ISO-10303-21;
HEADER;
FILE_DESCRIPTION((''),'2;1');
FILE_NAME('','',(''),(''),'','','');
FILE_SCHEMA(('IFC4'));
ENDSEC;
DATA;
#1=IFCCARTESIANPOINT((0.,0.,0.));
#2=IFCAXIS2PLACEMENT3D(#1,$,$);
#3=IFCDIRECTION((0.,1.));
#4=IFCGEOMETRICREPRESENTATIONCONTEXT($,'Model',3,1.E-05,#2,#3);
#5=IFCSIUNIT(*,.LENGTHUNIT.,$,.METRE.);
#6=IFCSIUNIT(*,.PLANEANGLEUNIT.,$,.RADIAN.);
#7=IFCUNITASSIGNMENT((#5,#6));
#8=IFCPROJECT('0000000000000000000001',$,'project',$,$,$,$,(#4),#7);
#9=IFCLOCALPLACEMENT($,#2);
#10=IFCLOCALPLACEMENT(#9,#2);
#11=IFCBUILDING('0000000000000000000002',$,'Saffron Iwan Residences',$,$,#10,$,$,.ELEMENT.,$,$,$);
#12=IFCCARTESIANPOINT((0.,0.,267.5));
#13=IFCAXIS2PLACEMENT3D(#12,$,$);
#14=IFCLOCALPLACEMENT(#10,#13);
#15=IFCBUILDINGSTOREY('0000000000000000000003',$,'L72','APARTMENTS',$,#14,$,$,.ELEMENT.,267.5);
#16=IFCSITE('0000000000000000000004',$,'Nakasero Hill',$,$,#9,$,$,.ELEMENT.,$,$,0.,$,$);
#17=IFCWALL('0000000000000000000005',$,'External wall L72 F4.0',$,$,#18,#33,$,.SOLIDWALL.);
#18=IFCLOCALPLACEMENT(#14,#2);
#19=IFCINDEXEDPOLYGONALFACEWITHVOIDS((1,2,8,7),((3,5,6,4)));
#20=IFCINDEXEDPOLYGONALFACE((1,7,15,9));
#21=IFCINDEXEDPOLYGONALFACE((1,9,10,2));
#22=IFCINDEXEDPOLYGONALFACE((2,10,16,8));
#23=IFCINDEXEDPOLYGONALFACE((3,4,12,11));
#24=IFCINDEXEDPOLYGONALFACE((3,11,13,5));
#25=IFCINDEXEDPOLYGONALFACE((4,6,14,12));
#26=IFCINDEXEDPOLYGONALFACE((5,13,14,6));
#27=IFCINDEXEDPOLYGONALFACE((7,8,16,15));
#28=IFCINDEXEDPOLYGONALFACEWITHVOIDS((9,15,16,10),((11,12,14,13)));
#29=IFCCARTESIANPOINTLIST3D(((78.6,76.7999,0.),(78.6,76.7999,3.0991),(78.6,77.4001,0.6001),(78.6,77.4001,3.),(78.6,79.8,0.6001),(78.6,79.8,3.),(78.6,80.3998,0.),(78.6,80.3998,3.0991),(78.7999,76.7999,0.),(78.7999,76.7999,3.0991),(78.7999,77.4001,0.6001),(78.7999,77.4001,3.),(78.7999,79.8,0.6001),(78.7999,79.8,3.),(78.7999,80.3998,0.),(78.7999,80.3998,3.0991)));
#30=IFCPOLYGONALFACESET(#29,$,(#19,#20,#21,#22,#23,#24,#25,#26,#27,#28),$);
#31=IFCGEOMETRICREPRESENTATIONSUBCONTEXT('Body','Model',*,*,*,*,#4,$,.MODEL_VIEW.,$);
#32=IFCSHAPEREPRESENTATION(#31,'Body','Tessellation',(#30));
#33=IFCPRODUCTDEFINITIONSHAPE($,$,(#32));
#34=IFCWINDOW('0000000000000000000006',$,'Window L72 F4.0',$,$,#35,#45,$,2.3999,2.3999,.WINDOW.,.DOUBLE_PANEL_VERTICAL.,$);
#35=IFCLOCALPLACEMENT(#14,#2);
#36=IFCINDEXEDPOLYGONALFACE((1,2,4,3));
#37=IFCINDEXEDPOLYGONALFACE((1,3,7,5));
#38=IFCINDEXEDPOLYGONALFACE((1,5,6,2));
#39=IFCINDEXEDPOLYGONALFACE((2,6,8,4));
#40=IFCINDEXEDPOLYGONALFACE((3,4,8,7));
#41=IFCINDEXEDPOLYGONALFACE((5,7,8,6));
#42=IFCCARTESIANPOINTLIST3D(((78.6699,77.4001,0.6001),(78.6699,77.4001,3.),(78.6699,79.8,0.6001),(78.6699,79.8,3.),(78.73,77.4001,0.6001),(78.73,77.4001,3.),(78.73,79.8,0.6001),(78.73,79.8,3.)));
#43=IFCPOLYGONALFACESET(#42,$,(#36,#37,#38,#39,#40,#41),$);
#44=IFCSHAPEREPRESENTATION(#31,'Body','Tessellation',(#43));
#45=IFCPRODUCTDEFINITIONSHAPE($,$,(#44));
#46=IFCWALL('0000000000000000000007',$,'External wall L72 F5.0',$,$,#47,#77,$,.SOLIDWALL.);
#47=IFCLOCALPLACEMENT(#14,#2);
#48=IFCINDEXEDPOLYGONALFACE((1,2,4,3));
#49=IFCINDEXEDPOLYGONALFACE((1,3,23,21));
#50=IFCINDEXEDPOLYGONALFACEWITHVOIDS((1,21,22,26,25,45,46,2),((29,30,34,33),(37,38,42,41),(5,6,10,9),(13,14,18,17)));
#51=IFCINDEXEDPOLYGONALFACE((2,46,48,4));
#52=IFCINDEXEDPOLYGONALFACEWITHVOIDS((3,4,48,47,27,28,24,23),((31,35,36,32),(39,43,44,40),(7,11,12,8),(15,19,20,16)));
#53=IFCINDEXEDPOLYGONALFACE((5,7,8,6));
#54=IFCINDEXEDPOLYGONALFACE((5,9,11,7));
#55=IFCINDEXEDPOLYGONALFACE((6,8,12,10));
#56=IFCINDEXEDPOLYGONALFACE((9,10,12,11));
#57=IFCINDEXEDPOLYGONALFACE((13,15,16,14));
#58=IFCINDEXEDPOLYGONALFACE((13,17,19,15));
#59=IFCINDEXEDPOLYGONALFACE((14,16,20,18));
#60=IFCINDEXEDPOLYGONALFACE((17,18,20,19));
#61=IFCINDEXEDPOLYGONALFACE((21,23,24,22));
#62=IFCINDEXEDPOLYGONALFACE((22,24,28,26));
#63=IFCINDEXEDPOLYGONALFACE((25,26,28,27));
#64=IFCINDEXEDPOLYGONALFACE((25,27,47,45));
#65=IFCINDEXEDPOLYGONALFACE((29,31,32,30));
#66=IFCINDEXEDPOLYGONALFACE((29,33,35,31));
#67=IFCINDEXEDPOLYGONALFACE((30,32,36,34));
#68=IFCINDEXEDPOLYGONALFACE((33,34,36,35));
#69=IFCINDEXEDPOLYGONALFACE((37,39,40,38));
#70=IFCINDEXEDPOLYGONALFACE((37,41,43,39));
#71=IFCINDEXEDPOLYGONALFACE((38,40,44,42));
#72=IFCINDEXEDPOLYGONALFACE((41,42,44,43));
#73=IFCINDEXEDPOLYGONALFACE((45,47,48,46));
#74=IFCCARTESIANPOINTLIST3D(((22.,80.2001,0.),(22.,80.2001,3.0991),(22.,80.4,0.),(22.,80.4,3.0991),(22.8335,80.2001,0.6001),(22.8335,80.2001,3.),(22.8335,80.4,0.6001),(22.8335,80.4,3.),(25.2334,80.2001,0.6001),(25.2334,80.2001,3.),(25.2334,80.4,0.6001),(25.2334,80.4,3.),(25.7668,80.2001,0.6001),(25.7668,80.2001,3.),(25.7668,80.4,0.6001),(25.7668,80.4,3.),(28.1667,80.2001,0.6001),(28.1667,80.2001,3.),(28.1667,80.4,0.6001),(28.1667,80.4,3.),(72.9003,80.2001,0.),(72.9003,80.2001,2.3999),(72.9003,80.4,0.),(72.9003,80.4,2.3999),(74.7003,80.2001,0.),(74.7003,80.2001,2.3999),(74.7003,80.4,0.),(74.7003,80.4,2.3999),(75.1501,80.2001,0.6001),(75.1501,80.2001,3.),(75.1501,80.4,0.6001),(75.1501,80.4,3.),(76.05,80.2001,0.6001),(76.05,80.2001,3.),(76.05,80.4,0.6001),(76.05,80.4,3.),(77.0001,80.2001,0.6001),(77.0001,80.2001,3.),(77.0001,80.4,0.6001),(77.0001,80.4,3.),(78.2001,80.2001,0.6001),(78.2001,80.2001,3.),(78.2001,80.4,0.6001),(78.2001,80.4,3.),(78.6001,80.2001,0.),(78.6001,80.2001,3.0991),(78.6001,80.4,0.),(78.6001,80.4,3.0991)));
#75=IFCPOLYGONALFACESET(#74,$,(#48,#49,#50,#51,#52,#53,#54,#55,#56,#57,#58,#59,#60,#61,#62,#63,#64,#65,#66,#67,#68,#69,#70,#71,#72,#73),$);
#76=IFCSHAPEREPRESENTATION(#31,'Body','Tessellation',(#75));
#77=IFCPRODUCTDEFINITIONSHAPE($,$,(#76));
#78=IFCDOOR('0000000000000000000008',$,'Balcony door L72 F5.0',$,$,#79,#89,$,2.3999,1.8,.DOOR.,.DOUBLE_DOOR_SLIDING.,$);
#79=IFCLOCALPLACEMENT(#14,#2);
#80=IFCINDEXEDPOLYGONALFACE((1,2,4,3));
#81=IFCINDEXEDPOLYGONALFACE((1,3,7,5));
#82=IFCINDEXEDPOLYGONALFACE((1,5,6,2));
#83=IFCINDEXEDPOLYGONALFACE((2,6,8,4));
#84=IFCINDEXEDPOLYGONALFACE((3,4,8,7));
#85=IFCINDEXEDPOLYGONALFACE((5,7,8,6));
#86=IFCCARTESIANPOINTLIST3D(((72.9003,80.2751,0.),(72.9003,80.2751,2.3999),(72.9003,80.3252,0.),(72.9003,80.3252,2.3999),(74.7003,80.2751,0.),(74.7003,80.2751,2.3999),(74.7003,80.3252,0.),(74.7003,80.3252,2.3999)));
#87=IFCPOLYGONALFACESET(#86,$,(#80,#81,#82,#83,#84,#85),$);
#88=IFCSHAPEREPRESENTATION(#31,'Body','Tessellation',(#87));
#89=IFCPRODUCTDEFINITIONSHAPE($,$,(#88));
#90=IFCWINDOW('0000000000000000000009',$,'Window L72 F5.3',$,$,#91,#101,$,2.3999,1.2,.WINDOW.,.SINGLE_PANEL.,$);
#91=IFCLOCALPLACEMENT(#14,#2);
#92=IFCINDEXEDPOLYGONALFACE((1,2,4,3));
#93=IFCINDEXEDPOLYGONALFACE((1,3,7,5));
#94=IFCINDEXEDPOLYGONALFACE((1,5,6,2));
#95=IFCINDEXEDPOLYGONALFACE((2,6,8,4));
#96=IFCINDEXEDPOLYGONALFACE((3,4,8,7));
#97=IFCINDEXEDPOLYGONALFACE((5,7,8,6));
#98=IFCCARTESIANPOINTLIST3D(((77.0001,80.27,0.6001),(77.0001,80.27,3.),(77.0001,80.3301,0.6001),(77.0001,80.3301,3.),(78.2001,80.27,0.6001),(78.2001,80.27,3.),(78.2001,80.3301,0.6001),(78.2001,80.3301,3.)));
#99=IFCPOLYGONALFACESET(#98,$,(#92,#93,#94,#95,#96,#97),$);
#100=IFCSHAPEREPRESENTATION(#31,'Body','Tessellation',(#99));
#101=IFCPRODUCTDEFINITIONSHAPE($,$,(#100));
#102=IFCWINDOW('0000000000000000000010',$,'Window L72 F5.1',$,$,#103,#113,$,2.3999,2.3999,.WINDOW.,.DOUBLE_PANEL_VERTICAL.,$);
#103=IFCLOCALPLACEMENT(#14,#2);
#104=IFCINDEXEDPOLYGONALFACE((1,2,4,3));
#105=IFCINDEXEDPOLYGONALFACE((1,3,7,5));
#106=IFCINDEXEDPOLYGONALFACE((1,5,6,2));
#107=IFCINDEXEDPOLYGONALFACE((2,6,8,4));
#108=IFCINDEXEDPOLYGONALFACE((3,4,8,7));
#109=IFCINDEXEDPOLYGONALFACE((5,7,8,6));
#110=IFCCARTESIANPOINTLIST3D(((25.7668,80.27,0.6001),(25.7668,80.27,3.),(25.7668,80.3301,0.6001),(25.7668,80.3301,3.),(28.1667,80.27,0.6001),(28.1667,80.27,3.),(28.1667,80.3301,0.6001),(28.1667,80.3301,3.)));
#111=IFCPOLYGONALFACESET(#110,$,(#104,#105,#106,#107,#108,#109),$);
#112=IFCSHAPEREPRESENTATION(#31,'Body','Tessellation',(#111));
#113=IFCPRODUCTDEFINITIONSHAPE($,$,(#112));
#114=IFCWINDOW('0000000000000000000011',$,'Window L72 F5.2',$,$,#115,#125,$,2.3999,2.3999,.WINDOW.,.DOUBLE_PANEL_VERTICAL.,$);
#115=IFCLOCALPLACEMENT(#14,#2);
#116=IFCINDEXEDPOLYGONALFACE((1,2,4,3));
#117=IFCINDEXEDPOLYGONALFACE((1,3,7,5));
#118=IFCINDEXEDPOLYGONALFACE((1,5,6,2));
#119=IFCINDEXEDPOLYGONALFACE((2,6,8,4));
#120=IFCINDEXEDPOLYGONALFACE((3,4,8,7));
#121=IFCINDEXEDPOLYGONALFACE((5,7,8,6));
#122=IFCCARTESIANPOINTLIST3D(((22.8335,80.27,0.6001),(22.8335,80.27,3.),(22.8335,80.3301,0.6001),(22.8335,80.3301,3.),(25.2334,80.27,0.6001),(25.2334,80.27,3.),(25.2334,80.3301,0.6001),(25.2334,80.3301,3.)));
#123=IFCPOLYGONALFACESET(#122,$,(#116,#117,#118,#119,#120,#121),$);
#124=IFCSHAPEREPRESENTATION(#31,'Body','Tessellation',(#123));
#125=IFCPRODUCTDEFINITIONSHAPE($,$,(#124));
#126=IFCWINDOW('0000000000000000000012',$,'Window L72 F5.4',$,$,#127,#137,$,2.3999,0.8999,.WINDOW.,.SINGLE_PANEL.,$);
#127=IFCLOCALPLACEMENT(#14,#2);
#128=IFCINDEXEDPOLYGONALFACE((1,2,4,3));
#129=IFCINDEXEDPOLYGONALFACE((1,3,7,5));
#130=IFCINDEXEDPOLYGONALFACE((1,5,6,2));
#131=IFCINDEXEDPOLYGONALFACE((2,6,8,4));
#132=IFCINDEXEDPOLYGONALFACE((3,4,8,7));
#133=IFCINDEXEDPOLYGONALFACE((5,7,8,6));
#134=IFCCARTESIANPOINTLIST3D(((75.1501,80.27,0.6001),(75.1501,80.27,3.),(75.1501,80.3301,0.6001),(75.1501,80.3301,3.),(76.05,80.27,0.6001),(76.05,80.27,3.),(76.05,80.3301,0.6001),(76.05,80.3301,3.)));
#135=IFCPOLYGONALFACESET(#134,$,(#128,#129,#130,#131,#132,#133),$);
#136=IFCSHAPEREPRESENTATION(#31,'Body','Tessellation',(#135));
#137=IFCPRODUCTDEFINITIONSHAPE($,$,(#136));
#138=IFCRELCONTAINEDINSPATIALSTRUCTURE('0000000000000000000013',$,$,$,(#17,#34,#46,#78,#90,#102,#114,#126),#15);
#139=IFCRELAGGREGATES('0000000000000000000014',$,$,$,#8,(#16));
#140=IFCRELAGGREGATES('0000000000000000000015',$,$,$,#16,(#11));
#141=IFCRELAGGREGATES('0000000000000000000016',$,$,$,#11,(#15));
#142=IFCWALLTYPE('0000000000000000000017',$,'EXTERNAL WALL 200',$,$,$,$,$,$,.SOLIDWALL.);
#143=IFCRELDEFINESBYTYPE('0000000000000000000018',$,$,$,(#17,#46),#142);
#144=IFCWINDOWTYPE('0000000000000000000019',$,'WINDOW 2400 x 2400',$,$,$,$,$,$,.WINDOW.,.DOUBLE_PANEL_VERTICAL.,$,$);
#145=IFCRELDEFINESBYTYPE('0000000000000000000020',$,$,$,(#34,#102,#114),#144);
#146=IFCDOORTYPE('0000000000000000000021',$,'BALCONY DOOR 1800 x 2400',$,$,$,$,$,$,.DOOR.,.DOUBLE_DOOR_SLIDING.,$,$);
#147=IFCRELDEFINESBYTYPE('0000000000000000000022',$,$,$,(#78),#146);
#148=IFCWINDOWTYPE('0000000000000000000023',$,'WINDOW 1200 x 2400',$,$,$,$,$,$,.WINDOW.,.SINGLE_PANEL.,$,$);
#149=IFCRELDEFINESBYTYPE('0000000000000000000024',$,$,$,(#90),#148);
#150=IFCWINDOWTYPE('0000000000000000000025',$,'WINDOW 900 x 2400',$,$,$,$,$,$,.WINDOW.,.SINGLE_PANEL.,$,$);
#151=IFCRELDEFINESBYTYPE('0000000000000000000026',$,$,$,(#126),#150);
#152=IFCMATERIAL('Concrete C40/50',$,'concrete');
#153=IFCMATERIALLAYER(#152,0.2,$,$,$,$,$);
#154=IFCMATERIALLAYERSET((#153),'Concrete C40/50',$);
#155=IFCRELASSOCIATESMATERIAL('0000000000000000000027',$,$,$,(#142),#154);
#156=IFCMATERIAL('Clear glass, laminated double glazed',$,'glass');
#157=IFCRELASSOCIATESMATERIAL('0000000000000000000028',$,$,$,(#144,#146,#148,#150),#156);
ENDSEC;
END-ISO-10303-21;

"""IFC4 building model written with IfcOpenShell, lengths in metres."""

from ifc_helpers import new_model, si_unit, direction, frame, frame_2d, origin, place, context, subcontext, project, spatial, rectangle, extrude, material, layer, layer_set, type_object, element, fill, save


model = new_model("IFC4")

# Units and contexts
model_context = context("Model", 3, precision=1e-05, world=origin(), true_north=direction((0.0, 1.0)))
body_context = subcontext(model_context, "Body", "Model", "MODEL_VIEW")
ifc_project = project(units=[si_unit("LENGTHUNIT", "METRE"), si_unit("PLANEANGLEUNIT", "RADIAN")], contexts=[model_context])

# Site, building, storey
site_placement = place(None, origin())
site = spatial("IfcSite", under=ifc_project, at=site_placement, Name="Nakasero Hill", CompositionType="ELEMENT", RefElevation=0.0)
building_placement = place(site_placement, origin())
building = spatial("IfcBuilding", under=site, at=building_placement, Name="Saffron Iwan Residences", CompositionType="ELEMENT")
storey_placement = place(building_placement, frame((0.0, 0.0, 267.5)))
storey = spatial("IfcBuildingStorey", under=building, at=storey_placement, Name="L72", Description="APARTMENTS", CompositionType="ELEMENT", Elevation=267.5)

# Shared definitions
ifc_material_1 = material(Name="Concrete C40/50", Category="concrete")

# Wall, opening, window
ifc_layer_1 = layer(ifc_material_1, 0.2)
ifc_layer_set_1 = layer_set([ifc_layer_1], Name="Concrete C40/50")
wall_type_1 = type_object("IfcWallType", Name="EXTERNAL WALL 200", PredefinedType="SOLIDWALL", material=ifc_layer_set_1)
ifc_material_2 = material(Name="Clear glass, laminated double glazed", Category="glass")
wall_1_placement = place(storey_placement, frame((78.7, 76.8, 0.0), z_axis=(0.0, 0.0, 1.0), x_axis=(0.0, 1.0, 0.0)))
wall_1 = element("IfcWall", 1, at=wall_1_placement, inside=storey, type_object=wall_type_1, Name="External wall L72 F4.0", PredefinedType="SOLIDWALL", context=body_context, shape_type="SweptSolid", body=[
    extrude(rectangle(XDim=3.5999, YDim=0.2, at=frame_2d((1.7998, 0.0))), origin(), (0.0, 0.0, 1.0), 3.0991),
])
opening_1_placement = place(wall_1_placement, frame((0.6001, 0.0, 0.6001)))
opening_1 = element("IfcOpeningElement", 2, at=opening_1_placement, cuts=wall_1, PredefinedType="OPENING", context=body_context, shape_type="SweptSolid", body=[
    extrude(rectangle(XDim=2.3999, YDim=2.3999, at=frame_2d((1.2, 1.2))), frame((0.0, 0.1099, 0.0), z_axis=(0.0, -1.0, 0.0), x_axis=(1.0, 0.0, 0.0)), (0.0, 0.0, 1.0), 0.22),
])
window_type_1 = type_object("IfcWindowType", Name="WINDOW 2400 x 2400", PartitioningType="DOUBLE_PANEL_VERTICAL", PredefinedType="WINDOW", material=ifc_material_2)
window_1_placement = place(opening_1_placement, origin())
window_1 = element("IfcWindow", 3, at=window_1_placement, inside=storey, type_object=window_type_1, Name="Window L72 F4.0", OverallHeight=2.3999, OverallWidth=2.3999, PartitioningType="DOUBLE_PANEL_VERTICAL", PredefinedType="WINDOW", context=body_context, shape_type="SweptSolid", body=[
    extrude(rectangle(XDim=2.3999, YDim=2.3999, at=frame_2d((1.2, 1.2))), frame((0.0, 0.03, 0.0), z_axis=(0.0, -1.0, 0.0), x_axis=(1.0, 0.0, 0.0)), (0.0, 0.0, 1.0), 0.0601),
])
fill(opening_1, window_1)

# Wall, openings, door, windows
wall_2_placement = place(storey_placement, frame((78.6001, 80.3, 0.0), z_axis=(0.0, 0.0, 1.0), x_axis=(-1.0, 0.0, 0.0)))
wall_2 = element("IfcWall", 4, at=wall_2_placement, inside=storey, type_object=wall_type_1, Name="External wall L72 F5.0", PredefinedType="SOLIDWALL", context=body_context, shape_type="SweptSolid", body=[
    extrude(rectangle(XDim=56.6001, YDim=0.2, at=frame_2d((28.3, 0.0))), origin(), (0.0, 0.0, 1.0), 3.0991),
])
opening_2_placement = place(wall_2_placement, frame((3.8999, 0.0, 0.0)))
opening_2 = element("IfcOpeningElement", 5, at=opening_2_placement, cuts=wall_2, PredefinedType="OPENING", context=body_context, shape_type="SweptSolid", body=[
    extrude(rectangle(XDim=1.8, YDim=2.3999, at=frame_2d((0.8999, 1.2))), frame((0.0, 0.1099, 0.0), z_axis=(0.0, -1.0, 0.0), x_axis=(1.0, 0.0, 0.0)), (0.0, 0.0, 1.0), 0.22),
])
opening_3_placement = place(wall_2_placement, frame((50.4333, 0.0, 0.6001)))
opening_3 = element("IfcOpeningElement", 6, at=opening_3_placement, cuts=wall_2, PredefinedType="OPENING", context=body_context, shape_type="SweptSolid", body=[
    extrude(rectangle(XDim=2.3999, YDim=2.3999, at=frame_2d((1.2, 1.2))), frame((0.0, 0.1099, 0.0), z_axis=(0.0, -1.0, 0.0), x_axis=(1.0, 0.0, 0.0)), (0.0, 0.0, 1.0), 0.22),
])
opening_4_placement = place(wall_2_placement, frame((53.3667, 0.0, 0.6001)))
opening_4 = element("IfcOpeningElement", 7, at=opening_4_placement, cuts=wall_2, PredefinedType="OPENING", context=body_context, shape_type="SweptSolid", body=[
    extrude(rectangle(XDim=2.3999, YDim=2.3999, at=frame_2d((1.2, 1.2))), frame((0.0, 0.1099, 0.0), z_axis=(0.0, -1.0, 0.0), x_axis=(1.0, 0.0, 0.0)), (0.0, 0.0, 1.0), 0.22),
])
opening_5_placement = place(wall_2_placement, frame((0.3999, 0.0, 0.6001)))
opening_5 = element("IfcOpeningElement", 8, at=opening_5_placement, cuts=wall_2, PredefinedType="OPENING", context=body_context, shape_type="SweptSolid", body=[
    extrude(rectangle(XDim=1.2, YDim=2.3999, at=frame_2d((0.6001, 1.2))), frame((0.0, 0.1099, 0.0), z_axis=(0.0, -1.0, 0.0), x_axis=(1.0, 0.0, 0.0)), (0.0, 0.0, 1.0), 0.22),
])
opening_6_placement = place(wall_2_placement, frame((2.55, 0.0, 0.6001)))
opening_6 = element("IfcOpeningElement", 9, at=opening_6_placement, cuts=wall_2, PredefinedType="OPENING", context=body_context, shape_type="SweptSolid", body=[
    extrude(rectangle(XDim=0.8999, YDim=2.3999, at=frame_2d((0.45, 1.2))), frame((0.0, 0.1099, 0.0), z_axis=(0.0, -1.0, 0.0), x_axis=(1.0, 0.0, 0.0)), (0.0, 0.0, 1.0), 0.22),
])
door_type_1 = type_object("IfcDoorType", Name="BALCONY DOOR 1800 x 2400", OperationType="DOUBLE_DOOR_SLIDING", PredefinedType="DOOR", material=ifc_material_2)
door_1_placement = place(opening_2_placement, origin())
door_1 = element("IfcDoor", 10, at=door_1_placement, inside=storey, type_object=door_type_1, Name="Balcony door L72 F5.0", OperationType="DOUBLE_DOOR_SLIDING", OverallHeight=2.3999, OverallWidth=1.8, PredefinedType="DOOR", context=body_context, shape_type="SweptSolid", body=[
    extrude(rectangle(XDim=1.8, YDim=2.3999, at=frame_2d((0.8999, 1.2))), frame((0.0, 0.0249, 0.0), z_axis=(0.0, -1.0, 0.0), x_axis=(1.0, 0.0, 0.0)), (0.0, 0.0, 1.0), 0.05),
])
fill(opening_2, door_1)
window_type_2 = type_object("IfcWindowType", Name="WINDOW 1200 x 2400", PartitioningType="SINGLE_PANEL", PredefinedType="WINDOW", material=ifc_material_2)
window_2_placement = place(opening_5_placement, origin())
window_2 = element("IfcWindow", 11, at=window_2_placement, inside=storey, type_object=window_type_2, Name="Window L72 F5.3", OverallHeight=2.3999, OverallWidth=1.2, PartitioningType="SINGLE_PANEL", PredefinedType="WINDOW", context=body_context, shape_type="SweptSolid", body=[
    extrude(rectangle(XDim=1.2, YDim=2.3999, at=frame_2d((0.6001, 1.2))), frame((0.0, 0.03, 0.0), z_axis=(0.0, -1.0, 0.0), x_axis=(1.0, 0.0, 0.0)), (0.0, 0.0, 1.0), 0.0601),
])
fill(opening_5, window_2)
window_3_placement = place(opening_3_placement, origin())
window_3 = element("IfcWindow", 12, at=window_3_placement, inside=storey, type_object=window_type_1, Name="Window L72 F5.1", OverallHeight=2.3999, OverallWidth=2.3999, PartitioningType="DOUBLE_PANEL_VERTICAL", PredefinedType="WINDOW", context=body_context, shape_type="SweptSolid", body=[
    extrude(rectangle(XDim=2.3999, YDim=2.3999, at=frame_2d((1.2, 1.2))), frame((0.0, 0.03, 0.0), z_axis=(0.0, -1.0, 0.0), x_axis=(1.0, 0.0, 0.0)), (0.0, 0.0, 1.0), 0.0601),
])
fill(opening_3, window_3)
window_4_placement = place(opening_4_placement, origin())
window_4 = element("IfcWindow", 13, at=window_4_placement, inside=storey, type_object=window_type_1, Name="Window L72 F5.2", OverallHeight=2.3999, OverallWidth=2.3999, PartitioningType="DOUBLE_PANEL_VERTICAL", PredefinedType="WINDOW", context=body_context, shape_type="SweptSolid", body=[
    extrude(rectangle(XDim=2.3999, YDim=2.3999, at=frame_2d((1.2, 1.2))), frame((0.0, 0.03, 0.0), z_axis=(0.0, -1.0, 0.0), x_axis=(1.0, 0.0, 0.0)), (0.0, 0.0, 1.0), 0.0601),
])
fill(opening_4, window_4)
window_type_3 = type_object("IfcWindowType", Name="WINDOW 900 x 2400", PartitioningType="SINGLE_PANEL", PredefinedType="WINDOW", material=ifc_material_2)
window_5_placement = place(opening_6_placement, origin())
window_5 = element("IfcWindow", 14, at=window_5_placement, inside=storey, type_object=window_type_3, Name="Window L72 F5.4", OverallHeight=2.3999, OverallWidth=0.8999, PartitioningType="SINGLE_PANEL", PredefinedType="WINDOW", context=body_context, shape_type="SweptSolid", body=[
    extrude(rectangle(XDim=0.8999, YDim=2.3999, at=frame_2d((0.45, 1.2))), frame((0.0, 0.03, 0.0), z_axis=(0.0, -1.0, 0.0), x_axis=(1.0, 0.0, 0.0)), (0.0, 0.0, 1.0), 0.0601),
])
fill(opening_6, window_5)

save(model, "model.ifc")
